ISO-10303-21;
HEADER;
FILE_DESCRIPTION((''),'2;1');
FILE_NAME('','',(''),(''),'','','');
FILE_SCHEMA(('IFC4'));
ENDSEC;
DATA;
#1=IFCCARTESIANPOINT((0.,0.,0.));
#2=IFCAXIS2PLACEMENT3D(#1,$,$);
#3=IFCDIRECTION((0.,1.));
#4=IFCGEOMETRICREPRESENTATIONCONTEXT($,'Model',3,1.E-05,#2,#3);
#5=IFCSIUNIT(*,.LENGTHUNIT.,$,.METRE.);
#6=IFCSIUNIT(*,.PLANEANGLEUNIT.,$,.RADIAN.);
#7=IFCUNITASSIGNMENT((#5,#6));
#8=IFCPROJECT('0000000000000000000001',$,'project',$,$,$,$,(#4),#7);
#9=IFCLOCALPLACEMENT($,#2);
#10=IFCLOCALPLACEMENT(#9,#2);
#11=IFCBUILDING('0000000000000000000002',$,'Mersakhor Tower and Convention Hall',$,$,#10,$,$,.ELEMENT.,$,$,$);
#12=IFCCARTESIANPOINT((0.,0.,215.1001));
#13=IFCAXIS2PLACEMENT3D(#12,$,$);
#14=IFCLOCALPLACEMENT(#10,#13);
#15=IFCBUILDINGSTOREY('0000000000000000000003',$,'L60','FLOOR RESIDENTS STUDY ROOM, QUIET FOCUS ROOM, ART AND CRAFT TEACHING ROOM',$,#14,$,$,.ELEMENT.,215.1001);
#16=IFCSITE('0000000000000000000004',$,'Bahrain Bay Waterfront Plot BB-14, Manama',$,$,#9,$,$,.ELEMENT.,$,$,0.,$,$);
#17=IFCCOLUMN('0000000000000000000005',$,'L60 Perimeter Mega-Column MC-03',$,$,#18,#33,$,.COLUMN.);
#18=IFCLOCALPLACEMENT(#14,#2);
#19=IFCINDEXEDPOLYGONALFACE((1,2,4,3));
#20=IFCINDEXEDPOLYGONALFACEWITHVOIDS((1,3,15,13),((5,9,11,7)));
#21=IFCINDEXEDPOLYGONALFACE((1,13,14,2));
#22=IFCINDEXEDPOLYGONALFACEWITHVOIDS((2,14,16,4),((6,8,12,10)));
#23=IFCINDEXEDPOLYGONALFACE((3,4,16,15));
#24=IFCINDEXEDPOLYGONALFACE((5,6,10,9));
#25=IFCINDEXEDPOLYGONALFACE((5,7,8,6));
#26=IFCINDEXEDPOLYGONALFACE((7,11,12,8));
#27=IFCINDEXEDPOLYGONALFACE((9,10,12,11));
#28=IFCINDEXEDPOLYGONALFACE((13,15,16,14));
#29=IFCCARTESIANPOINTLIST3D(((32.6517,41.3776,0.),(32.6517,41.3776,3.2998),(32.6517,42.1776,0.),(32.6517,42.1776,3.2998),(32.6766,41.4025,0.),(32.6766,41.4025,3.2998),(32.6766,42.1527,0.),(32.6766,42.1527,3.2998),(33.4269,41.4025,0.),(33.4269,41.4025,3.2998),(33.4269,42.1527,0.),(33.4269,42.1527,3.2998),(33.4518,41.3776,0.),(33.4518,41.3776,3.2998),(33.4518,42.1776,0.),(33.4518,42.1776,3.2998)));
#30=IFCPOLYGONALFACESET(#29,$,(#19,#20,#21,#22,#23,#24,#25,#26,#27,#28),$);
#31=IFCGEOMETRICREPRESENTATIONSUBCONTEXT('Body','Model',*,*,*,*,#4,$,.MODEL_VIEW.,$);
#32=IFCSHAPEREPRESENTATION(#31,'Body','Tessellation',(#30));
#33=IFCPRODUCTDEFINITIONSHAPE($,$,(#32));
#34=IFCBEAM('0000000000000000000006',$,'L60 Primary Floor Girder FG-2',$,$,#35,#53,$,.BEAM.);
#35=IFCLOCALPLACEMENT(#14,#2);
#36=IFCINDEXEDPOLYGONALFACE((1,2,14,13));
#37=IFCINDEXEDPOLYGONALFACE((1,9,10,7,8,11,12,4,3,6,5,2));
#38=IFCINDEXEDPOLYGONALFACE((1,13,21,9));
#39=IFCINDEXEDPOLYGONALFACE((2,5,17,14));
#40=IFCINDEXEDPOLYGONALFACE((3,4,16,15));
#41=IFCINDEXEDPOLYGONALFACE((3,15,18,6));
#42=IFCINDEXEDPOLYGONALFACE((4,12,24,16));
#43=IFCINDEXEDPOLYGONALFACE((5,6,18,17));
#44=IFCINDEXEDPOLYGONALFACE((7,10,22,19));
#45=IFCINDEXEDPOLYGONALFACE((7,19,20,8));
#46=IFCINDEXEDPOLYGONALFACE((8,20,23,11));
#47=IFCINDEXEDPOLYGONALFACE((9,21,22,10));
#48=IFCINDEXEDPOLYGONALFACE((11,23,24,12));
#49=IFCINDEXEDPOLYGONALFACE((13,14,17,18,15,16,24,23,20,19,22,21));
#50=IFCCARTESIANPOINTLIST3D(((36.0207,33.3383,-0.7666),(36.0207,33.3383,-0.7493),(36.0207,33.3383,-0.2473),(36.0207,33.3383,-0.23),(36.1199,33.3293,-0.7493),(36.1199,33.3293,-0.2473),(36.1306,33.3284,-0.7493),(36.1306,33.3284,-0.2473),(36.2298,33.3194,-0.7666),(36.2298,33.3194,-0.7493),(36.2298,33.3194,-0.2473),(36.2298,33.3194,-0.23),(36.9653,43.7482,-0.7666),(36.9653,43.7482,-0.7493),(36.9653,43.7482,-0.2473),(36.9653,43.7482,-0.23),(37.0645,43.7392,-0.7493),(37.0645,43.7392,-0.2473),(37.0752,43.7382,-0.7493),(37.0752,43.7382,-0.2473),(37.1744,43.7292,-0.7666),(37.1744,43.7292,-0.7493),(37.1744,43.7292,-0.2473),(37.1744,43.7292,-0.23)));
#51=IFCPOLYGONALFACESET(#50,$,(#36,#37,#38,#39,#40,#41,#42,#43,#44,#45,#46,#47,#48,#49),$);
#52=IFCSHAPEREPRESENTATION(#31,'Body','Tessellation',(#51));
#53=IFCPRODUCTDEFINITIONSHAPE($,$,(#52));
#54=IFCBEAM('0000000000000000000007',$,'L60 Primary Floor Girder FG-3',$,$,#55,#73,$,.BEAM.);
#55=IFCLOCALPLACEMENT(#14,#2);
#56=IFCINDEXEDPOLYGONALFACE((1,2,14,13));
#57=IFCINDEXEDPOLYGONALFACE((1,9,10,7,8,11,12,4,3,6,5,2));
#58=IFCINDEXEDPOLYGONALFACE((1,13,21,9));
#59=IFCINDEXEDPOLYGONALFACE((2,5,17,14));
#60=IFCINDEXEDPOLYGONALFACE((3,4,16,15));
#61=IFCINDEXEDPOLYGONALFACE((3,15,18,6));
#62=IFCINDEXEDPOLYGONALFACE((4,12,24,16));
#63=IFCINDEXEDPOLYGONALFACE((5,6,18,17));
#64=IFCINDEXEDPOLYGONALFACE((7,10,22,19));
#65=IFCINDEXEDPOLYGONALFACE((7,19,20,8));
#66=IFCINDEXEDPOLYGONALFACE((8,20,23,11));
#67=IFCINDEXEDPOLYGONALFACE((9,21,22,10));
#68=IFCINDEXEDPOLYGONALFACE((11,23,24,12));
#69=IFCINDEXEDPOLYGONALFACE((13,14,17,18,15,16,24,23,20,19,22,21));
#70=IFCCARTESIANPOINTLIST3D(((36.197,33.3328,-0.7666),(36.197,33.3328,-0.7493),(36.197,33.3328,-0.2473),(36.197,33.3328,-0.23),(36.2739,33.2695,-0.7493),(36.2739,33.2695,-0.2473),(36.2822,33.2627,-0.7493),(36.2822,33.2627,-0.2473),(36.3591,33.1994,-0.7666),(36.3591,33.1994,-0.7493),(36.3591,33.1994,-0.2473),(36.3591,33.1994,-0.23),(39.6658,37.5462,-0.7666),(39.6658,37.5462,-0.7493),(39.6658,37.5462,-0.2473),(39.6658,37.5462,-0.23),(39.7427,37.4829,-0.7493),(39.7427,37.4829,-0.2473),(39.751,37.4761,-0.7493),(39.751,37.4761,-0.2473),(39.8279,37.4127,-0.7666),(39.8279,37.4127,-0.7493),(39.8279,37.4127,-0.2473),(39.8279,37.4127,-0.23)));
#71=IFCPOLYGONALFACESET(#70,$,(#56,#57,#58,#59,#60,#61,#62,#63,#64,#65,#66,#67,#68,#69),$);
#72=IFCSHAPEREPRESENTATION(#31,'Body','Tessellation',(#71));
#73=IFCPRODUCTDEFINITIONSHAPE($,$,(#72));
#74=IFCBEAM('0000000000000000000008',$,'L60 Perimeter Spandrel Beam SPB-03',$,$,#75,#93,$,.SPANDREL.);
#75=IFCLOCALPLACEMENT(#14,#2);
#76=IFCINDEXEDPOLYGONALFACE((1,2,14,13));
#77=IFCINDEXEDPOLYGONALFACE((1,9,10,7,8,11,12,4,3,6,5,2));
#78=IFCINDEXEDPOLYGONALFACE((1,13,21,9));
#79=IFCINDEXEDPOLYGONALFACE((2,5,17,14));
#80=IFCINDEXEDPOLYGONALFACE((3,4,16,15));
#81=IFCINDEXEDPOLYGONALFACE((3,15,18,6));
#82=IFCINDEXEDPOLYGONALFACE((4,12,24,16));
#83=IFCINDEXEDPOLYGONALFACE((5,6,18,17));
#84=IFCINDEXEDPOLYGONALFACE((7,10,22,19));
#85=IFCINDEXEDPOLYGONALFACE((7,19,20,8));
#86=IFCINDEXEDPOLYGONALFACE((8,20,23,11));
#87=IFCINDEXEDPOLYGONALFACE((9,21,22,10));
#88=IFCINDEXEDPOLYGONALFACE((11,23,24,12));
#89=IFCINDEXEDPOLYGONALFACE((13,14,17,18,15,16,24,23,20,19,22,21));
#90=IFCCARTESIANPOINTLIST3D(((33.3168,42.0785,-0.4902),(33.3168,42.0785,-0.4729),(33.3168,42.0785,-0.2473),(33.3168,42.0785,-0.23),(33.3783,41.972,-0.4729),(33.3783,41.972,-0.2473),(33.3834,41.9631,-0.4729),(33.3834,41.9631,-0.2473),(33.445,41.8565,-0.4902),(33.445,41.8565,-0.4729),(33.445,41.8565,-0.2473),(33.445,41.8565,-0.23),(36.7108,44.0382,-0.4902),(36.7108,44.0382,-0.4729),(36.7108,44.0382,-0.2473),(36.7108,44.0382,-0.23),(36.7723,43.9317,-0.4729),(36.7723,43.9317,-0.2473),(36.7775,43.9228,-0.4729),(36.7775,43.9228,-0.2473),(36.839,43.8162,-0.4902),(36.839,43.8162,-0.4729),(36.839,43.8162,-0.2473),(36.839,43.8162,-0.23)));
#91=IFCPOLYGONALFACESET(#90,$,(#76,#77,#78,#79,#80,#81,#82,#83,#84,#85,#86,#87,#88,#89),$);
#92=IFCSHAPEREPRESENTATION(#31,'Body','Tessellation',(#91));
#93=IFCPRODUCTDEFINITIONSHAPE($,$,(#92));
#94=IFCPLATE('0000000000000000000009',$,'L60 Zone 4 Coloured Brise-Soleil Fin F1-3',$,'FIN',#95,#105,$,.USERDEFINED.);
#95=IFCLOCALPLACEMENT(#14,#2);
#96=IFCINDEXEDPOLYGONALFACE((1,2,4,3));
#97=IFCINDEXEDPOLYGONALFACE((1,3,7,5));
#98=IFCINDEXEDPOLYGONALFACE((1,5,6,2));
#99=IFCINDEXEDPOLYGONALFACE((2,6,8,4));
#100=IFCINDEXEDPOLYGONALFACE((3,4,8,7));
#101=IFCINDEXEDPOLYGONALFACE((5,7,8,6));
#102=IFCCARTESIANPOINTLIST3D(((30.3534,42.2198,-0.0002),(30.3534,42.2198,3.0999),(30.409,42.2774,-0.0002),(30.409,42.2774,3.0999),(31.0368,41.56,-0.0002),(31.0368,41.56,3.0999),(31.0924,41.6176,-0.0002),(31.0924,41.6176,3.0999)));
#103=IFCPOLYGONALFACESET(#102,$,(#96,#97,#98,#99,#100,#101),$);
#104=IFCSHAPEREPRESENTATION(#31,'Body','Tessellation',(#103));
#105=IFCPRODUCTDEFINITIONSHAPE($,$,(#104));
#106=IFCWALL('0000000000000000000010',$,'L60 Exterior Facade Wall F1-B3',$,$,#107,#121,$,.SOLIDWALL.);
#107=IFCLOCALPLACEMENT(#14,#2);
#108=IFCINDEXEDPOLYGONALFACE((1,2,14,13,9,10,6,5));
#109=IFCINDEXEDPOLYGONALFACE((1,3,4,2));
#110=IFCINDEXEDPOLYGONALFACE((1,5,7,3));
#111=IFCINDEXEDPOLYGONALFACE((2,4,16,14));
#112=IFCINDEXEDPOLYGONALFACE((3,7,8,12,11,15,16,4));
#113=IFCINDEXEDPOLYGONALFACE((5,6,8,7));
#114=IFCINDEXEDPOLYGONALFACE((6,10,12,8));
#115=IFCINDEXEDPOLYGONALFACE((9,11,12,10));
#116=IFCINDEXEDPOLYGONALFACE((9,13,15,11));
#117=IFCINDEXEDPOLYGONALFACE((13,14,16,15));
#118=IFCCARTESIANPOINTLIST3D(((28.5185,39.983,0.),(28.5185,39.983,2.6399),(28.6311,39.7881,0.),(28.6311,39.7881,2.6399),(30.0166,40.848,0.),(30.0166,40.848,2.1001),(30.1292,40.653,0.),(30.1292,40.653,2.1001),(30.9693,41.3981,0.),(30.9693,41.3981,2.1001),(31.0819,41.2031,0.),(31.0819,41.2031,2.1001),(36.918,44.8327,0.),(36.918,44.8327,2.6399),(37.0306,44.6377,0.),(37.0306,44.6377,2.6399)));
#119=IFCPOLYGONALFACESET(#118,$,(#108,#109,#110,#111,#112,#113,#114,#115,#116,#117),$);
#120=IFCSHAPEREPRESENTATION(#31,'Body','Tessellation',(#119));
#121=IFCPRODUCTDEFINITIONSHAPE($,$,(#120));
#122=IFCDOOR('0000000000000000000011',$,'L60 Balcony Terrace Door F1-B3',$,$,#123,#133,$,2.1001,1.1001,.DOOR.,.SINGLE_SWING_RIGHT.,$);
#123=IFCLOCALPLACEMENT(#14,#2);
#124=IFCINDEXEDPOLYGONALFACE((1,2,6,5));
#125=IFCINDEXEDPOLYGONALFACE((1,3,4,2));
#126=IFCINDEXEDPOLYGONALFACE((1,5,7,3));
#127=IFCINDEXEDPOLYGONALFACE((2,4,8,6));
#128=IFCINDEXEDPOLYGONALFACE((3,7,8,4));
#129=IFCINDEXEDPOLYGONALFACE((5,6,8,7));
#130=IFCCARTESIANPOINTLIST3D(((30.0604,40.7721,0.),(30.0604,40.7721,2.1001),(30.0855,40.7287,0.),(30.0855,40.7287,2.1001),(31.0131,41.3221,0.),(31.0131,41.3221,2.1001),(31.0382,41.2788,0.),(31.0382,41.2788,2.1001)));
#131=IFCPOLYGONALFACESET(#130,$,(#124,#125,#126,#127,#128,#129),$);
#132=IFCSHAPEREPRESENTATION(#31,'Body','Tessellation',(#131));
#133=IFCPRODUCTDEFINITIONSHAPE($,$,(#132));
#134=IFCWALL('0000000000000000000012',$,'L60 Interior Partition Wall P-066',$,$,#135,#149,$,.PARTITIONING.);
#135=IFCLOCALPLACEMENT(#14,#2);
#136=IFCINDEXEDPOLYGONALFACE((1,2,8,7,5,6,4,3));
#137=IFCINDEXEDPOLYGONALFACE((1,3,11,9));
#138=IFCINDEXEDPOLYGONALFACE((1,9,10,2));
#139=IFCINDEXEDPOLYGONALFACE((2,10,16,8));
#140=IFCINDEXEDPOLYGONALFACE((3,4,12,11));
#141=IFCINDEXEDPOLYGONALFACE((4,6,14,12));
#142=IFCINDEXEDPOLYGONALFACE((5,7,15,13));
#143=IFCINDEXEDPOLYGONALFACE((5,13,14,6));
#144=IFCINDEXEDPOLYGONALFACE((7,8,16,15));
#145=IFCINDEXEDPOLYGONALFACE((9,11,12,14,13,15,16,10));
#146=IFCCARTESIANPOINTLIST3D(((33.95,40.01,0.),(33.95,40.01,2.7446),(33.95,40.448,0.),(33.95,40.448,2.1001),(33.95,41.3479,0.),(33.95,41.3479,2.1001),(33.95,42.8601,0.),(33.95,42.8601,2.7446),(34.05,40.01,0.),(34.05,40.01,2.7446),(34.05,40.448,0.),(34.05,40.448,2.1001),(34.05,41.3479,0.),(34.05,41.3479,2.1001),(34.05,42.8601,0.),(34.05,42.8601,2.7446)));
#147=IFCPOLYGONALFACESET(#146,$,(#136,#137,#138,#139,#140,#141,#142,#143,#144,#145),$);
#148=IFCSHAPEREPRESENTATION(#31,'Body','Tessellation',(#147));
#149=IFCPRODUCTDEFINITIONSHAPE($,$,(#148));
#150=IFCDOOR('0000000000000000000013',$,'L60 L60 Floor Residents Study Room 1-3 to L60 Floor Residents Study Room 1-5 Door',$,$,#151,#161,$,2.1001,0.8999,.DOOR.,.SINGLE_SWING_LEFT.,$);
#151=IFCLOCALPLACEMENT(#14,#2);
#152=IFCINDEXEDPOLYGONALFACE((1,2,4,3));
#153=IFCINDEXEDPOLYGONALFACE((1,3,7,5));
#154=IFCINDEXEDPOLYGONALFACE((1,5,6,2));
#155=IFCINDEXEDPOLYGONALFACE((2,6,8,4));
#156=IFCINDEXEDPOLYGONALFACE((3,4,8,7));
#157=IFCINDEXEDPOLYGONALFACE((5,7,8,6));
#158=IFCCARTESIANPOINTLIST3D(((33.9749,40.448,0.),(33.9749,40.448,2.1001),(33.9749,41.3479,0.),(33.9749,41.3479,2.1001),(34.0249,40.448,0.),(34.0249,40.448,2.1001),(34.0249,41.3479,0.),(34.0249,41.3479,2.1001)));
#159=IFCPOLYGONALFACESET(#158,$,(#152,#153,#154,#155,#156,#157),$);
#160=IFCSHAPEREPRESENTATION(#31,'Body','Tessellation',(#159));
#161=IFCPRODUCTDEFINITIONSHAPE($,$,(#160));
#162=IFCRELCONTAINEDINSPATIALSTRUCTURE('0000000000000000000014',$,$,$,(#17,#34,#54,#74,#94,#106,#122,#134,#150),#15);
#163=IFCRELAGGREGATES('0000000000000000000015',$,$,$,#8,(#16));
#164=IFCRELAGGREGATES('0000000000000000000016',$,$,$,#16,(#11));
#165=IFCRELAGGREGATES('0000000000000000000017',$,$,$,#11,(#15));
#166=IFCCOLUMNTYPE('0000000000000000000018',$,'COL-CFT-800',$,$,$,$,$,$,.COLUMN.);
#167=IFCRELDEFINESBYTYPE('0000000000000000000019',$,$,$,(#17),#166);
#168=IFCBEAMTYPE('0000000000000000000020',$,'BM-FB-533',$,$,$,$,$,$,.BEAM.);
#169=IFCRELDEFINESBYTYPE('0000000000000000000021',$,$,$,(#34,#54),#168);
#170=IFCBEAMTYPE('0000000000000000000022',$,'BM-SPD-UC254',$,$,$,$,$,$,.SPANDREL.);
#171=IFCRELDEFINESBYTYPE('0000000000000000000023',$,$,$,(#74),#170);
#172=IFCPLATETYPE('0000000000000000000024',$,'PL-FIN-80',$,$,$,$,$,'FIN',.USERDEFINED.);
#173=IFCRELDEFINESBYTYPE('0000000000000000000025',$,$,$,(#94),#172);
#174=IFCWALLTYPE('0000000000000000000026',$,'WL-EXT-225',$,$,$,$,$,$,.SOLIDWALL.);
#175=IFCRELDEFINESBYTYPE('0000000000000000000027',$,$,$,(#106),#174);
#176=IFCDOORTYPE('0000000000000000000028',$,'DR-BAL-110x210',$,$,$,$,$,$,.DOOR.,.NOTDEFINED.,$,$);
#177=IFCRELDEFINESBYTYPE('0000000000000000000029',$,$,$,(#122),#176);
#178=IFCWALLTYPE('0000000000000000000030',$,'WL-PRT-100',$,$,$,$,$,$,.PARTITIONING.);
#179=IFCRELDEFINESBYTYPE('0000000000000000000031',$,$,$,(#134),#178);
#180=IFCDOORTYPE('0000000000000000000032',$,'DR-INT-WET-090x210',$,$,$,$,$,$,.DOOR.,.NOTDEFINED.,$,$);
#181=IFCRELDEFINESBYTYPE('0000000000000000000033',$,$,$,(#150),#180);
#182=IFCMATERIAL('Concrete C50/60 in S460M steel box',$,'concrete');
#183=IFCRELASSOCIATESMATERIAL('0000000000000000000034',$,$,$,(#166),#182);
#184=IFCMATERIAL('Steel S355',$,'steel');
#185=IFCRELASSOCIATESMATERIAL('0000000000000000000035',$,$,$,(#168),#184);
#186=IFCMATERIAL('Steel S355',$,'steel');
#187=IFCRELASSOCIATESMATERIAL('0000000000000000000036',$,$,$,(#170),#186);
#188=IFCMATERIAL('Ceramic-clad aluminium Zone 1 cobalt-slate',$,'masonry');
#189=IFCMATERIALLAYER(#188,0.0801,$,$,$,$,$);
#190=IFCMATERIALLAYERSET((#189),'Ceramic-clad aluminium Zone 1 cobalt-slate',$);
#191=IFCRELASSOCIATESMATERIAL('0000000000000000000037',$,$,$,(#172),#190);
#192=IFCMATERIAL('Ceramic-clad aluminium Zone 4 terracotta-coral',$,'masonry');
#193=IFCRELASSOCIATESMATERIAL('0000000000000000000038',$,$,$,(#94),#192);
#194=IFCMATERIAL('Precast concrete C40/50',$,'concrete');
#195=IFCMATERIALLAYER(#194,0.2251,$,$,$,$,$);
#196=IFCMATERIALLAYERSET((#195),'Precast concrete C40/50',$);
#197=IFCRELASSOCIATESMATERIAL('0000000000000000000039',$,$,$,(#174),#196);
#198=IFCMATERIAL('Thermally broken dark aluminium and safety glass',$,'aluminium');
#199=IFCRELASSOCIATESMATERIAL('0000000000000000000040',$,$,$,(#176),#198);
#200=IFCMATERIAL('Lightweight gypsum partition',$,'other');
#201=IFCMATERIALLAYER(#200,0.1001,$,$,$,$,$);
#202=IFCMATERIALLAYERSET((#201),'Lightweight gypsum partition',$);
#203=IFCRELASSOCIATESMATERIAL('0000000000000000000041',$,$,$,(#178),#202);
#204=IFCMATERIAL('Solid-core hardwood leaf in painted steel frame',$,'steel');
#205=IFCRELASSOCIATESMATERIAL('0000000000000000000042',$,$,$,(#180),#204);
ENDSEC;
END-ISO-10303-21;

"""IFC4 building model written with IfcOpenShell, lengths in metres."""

from ifc_helpers import new_model, si_unit, direction, frame, frame_2d, origin, origin_2d, place, context, subcontext, project, spatial, rectangle, hollow_rectangle, i_section, extrude, material, layer, layer_set, material_profile, profile_set, type_object, element, fill, save


model = new_model("IFC4")

# Units and contexts
model_context = context("Model", 3, precision=1e-05, world=origin(), true_north=direction((0.0, 1.0)))
body_context = subcontext(model_context, "Body", "Model", "MODEL_VIEW")
ifc_project = project(units=[si_unit("LENGTHUNIT", "METRE"), si_unit("PLANEANGLEUNIT", "RADIAN")], contexts=[model_context])

# Site, building, storey
site_placement = place(None, origin())
site = spatial("IfcSite", under=ifc_project, at=site_placement, Name="Bahrain Bay Waterfront Plot BB-14, Manama", CompositionType="ELEMENT", RefElevation=0.0)
building_placement = place(site_placement, origin())
building = spatial("IfcBuilding", under=site, at=building_placement, Name="Mersakhor Tower and Convention Hall", CompositionType="ELEMENT")
storey_placement = place(building_placement, frame((0.0, 0.0, 215.1001)))
storey = spatial("IfcBuildingStorey", under=building, at=storey_placement, Name="L60", Description="FLOOR RESIDENTS STUDY ROOM, QUIET FOCUS ROOM, ART AND CRAFT TEACHING ROOM", CompositionType="ELEMENT", Elevation=215.1001)

# Column
ifc_material_1 = material(Name="Concrete C50/60 in S460M steel box", Category="concrete")
ifc_material_profile_1 = material_profile(ifc_material_1, hollow_rectangle(XDim=0.8, YDim=0.8, WallThickness=0.0249, at=origin_2d()), Name="SHS 800x800x25")
ifc_profile_set_1 = profile_set([ifc_material_profile_1], Name="Concrete C50/60 in S460M steel box")
column_type = type_object("IfcColumnType", Name="COL-CFT-800", PredefinedType="COLUMN", material=ifc_profile_set_1)
column_placement = place(storey_placement, frame((33.0518, 41.7776, 0.0), z_axis=(0.0, 0.0, 1.0), x_axis=(1.0, 0.0, 0.0)))
element("IfcColumn", 1, at=column_placement, inside=storey, type_object=column_type, Name="L60 Perimeter Mega-Column MC-03", PredefinedType="COLUMN", context=body_context, shape_type="SweptSolid", body=[
    extrude(hollow_rectangle(XDim=0.8, YDim=0.8, WallThickness=0.0249, at=origin_2d()), origin(), (0.0, 0.0, 1.0), 3.2998),
])

# Beams
ifc_material_2 = material(Name="Steel S355", Category="steel")
ifc_material_profile_2 = material_profile(ifc_material_2, i_section(OverallWidth=0.21, OverallDepth=0.5366, WebThickness=0.0107, FlangeThickness=0.0173, at=origin_2d()), Name="UB 533x210x101")
ifc_profile_set_2 = profile_set([ifc_material_profile_2], Name="Steel S355")
beam_type_1 = type_object("IfcBeamType", Name="BM-FB-533", PredefinedType="BEAM", material=ifc_profile_set_2)
beam_1_placement = place(storey_placement, frame((36.1252, 33.3289, -0.4983), z_axis=(0.090367, 0.995909, 0.0), x_axis=(-0.995909, 0.090367, 0.0)))
element("IfcBeam", 2, at=beam_1_placement, inside=storey, type_object=beam_type_1, Name="L60 Primary Floor Girder FG-2", PredefinedType="BEAM", context=body_context, shape_type="SweptSolid", body=[
    extrude(i_section(OverallWidth=0.21, OverallDepth=0.5366, WebThickness=0.0107, FlangeThickness=0.0173, at=origin_2d()), origin(), (0.0, 0.0, 1.0), 10.4526),
])
beam_2_placement = place(storey_placement, frame((36.2781, 33.2661, -0.4983), z_axis=(0.635588, 0.772028, 0.0), x_axis=(-0.772028, 0.635588, 0.0)))
element("IfcBeam", 3, at=beam_2_placement, inside=storey, type_object=beam_type_1, Name="L60 Primary Floor Girder FG-3", PredefinedType="BEAM", context=body_context, shape_type="SweptSolid", body=[
    extrude(i_section(OverallWidth=0.21, OverallDepth=0.5366, WebThickness=0.0107, FlangeThickness=0.0173, at=origin_2d()), origin(), (0.0, 0.0, 1.0), 5.4575),
])
ifc_material_3 = material(Name="Steel S355", Category="steel")
ifc_material_profile_3 = material_profile(ifc_material_3, i_section(OverallWidth=0.2563, OverallDepth=0.2603, WebThickness=0.0103, FlangeThickness=0.0173, at=origin_2d()), Name="UC 254x254x89")
ifc_profile_set_3 = profile_set([ifc_material_profile_3], Name="Steel S355")
beam_type_2 = type_object("IfcBeamType", Name="BM-SPD-UC254", PredefinedType="SPANDREL", material=ifc_profile_set_3)
beam_3_placement = place(storey_placement, frame((33.3809, 41.9675, -0.3601), z_axis=(0.866007, 0.500032, 0.0), x_axis=(-0.500032, 0.866007, 0.0)))
element("IfcBeam", 4, at=beam_3_placement, inside=storey, type_object=beam_type_2, Name="L60 Perimeter Spandrel Beam SPB-03", PredefinedType="SPANDREL", context=body_context, shape_type="SweptSolid", body=[
    extrude(i_section(OverallWidth=0.2563, OverallDepth=0.2603, WebThickness=0.0103, FlangeThickness=0.0173, at=origin_2d()), origin(), (0.0, 0.0, 1.0), 3.9192),
])

# Plate
ifc_material_4 = material(Name="Ceramic-clad aluminium Zone 4 terracotta-coral", Category="masonry")
ifc_material_5 = material(Name="Ceramic-clad aluminium Zone 1 cobalt-slate", Category="masonry")
ifc_layer_1 = layer(ifc_material_5, 0.0801)
ifc_layer_set_1 = layer_set([ifc_layer_1], Name="Ceramic-clad aluminium Zone 1 cobalt-slate")
plate_type = type_object("IfcPlateType", Name="PL-FIN-80", ElementType="FIN", PredefinedType="USERDEFINED", material=ifc_layer_set_1)
plate_placement = place(storey_placement, frame((30.7229, 41.9187, -0.0002), z_axis=(0.0, 0.0, 1.0), x_axis=(-0.71934, 0.694658, 0.0)))
element("IfcPlate", 5, at=plate_placement, inside=storey, type_object=plate_type, material=ifc_material_4, Name="L60 Zone 4 Coloured Brise-Soleil Fin F1-3", ObjectType="FIN", PredefinedType="USERDEFINED", context=body_context, shape_type="SweptSolid", body=[
    extrude(rectangle(XDim=0.95, YDim=0.0801, at=origin_2d()), origin(), (0.0, 0.0, 1.0), 3.1001),
])

# Walls, openings, doors
ifc_material_6 = material(Name="Precast concrete C40/50", Category="concrete")
ifc_layer_2 = layer(ifc_material_6, 0.2251)
ifc_layer_set_2 = layer_set([ifc_layer_2], Name="Precast concrete C40/50")
wall_type_1 = type_object("IfcWallType", Name="WL-EXT-225", PredefinedType="SOLIDWALL", material=ifc_layer_set_2)
wall_1_placement = place(storey_placement, frame((28.5747, 39.8855, 0.0), z_axis=(0.0, 0.0, 1.0), x_axis=(0.866016, 0.500016, 0.0)))
wall_1 = element("IfcWall", 6, at=wall_1_placement, inside=storey, type_object=wall_type_1, Name="L60 Exterior Facade Wall F1-B3", PredefinedType="SOLIDWALL", context=body_context, shape_type="SweptSolid", body=[
    extrude(rectangle(XDim=9.699, YDim=0.2251, at=frame_2d((4.8496, 0.0))), origin(), (0.0, 0.0, 1.0), 2.6399),
])
opening_1_placement = place(wall_1_placement, frame((1.73, 0.0, 0.0)))
opening_1 = element("IfcOpeningElement", 7, at=opening_1_placement, cuts=wall_1, PredefinedType="OPENING", context=body_context, shape_type="SweptSolid", body=[
    extrude(rectangle(XDim=1.1001, YDim=2.1001, at=frame_2d((0.55, 1.05))), frame((0.0, 0.1226, 0.0), z_axis=(0.0, -1.0, 0.0), x_axis=(1.0, 0.0, 0.0)), (0.0, 0.0, 1.0), 0.2451),
])
ifc_material_7 = material(Name="Thermally broken dark aluminium and safety glass", Category="aluminium")
door_type_1 = type_object("IfcDoorType", Name="DR-BAL-110x210", OperationType="NOTDEFINED", PredefinedType="DOOR", material=ifc_material_7)
door_1_placement = place(opening_1_placement, origin())
door_1 = element("IfcDoor", 8, at=door_1_placement, inside=storey, type_object=door_type_1, Name="L60 Balcony Terrace Door F1-B3", OperationType="SINGLE_SWING_RIGHT", OverallHeight=2.1001, OverallWidth=1.1001, PredefinedType="DOOR", context=body_context, shape_type="SweptSolid", body=[
    extrude(rectangle(XDim=1.1001, YDim=2.1001, at=frame_2d((0.55, 1.05))), frame((0.0, 0.0249, 0.0), z_axis=(0.0, -1.0, 0.0), x_axis=(1.0, 0.0, 0.0)), (0.0, 0.0, 1.0), 0.05),
])
fill(opening_1, door_1)
ifc_material_8 = material(Name="Lightweight gypsum partition", Category="other")
ifc_layer_3 = layer(ifc_material_8, 0.1001)
ifc_layer_set_3 = layer_set([ifc_layer_3], Name="Lightweight gypsum partition")
wall_type_2 = type_object("IfcWallType", Name="WL-PRT-100", PredefinedType="PARTITIONING", material=ifc_layer_set_3)
wall_2_placement = place(storey_placement, frame((34.0, 42.8601, 0.0), z_axis=(0.0, 0.0, 1.0), x_axis=(0.0, -1.0, 0.0)))
wall_2 = element("IfcWall", 9, at=wall_2_placement, inside=storey, type_object=wall_type_2, Name="L60 Interior Partition Wall P-066", PredefinedType="PARTITIONING", context=body_context, shape_type="SweptSolid", body=[
    extrude(rectangle(XDim=2.8501, YDim=0.1001, at=frame_2d((1.425, 0.0))), origin(), (0.0, 0.0, 1.0), 2.7446),
])
opening_2_placement = place(wall_2_placement, frame((1.5122, 0.0, 0.0)))
opening_2 = element("IfcOpeningElement", 10, at=opening_2_placement, cuts=wall_2, PredefinedType="OPENING", context=body_context, shape_type="SweptSolid", body=[
    extrude(rectangle(XDim=0.8999, YDim=2.1001, at=frame_2d((0.45, 1.05))), frame((0.0, 0.0601, 0.0), z_axis=(0.0, -1.0, 0.0), x_axis=(1.0, 0.0, 0.0)), (0.0, 0.0, 1.0), 0.1201),
])
ifc_material_9 = material(Name="Solid-core hardwood leaf in painted steel frame", Category="steel")
door_type_2 = type_object("IfcDoorType", Name="DR-INT-WET-090x210", OperationType="NOTDEFINED", PredefinedType="DOOR", material=ifc_material_9)
door_2_placement = place(opening_2_placement, origin())
door_2 = element("IfcDoor", 11, at=door_2_placement, inside=storey, type_object=door_type_2, Name="L60 L60 Floor Residents Study Room 1-3 to L60 Floor Residents Study Room 1-5 Door", OperationType="SINGLE_SWING_LEFT", OverallHeight=2.1001, OverallWidth=0.8999, PredefinedType="DOOR", context=body_context, shape_type="SweptSolid", body=[
    extrude(rectangle(XDim=0.8999, YDim=2.1001, at=frame_2d((0.45, 1.05))), frame((0.0, 0.0249, 0.0), z_axis=(0.0, -1.0, 0.0), x_axis=(1.0, 0.0, 0.0)), (0.0, 0.0, 1.0), 0.05),
])
fill(opening_2, door_2)

save(model, "model.ifc")
